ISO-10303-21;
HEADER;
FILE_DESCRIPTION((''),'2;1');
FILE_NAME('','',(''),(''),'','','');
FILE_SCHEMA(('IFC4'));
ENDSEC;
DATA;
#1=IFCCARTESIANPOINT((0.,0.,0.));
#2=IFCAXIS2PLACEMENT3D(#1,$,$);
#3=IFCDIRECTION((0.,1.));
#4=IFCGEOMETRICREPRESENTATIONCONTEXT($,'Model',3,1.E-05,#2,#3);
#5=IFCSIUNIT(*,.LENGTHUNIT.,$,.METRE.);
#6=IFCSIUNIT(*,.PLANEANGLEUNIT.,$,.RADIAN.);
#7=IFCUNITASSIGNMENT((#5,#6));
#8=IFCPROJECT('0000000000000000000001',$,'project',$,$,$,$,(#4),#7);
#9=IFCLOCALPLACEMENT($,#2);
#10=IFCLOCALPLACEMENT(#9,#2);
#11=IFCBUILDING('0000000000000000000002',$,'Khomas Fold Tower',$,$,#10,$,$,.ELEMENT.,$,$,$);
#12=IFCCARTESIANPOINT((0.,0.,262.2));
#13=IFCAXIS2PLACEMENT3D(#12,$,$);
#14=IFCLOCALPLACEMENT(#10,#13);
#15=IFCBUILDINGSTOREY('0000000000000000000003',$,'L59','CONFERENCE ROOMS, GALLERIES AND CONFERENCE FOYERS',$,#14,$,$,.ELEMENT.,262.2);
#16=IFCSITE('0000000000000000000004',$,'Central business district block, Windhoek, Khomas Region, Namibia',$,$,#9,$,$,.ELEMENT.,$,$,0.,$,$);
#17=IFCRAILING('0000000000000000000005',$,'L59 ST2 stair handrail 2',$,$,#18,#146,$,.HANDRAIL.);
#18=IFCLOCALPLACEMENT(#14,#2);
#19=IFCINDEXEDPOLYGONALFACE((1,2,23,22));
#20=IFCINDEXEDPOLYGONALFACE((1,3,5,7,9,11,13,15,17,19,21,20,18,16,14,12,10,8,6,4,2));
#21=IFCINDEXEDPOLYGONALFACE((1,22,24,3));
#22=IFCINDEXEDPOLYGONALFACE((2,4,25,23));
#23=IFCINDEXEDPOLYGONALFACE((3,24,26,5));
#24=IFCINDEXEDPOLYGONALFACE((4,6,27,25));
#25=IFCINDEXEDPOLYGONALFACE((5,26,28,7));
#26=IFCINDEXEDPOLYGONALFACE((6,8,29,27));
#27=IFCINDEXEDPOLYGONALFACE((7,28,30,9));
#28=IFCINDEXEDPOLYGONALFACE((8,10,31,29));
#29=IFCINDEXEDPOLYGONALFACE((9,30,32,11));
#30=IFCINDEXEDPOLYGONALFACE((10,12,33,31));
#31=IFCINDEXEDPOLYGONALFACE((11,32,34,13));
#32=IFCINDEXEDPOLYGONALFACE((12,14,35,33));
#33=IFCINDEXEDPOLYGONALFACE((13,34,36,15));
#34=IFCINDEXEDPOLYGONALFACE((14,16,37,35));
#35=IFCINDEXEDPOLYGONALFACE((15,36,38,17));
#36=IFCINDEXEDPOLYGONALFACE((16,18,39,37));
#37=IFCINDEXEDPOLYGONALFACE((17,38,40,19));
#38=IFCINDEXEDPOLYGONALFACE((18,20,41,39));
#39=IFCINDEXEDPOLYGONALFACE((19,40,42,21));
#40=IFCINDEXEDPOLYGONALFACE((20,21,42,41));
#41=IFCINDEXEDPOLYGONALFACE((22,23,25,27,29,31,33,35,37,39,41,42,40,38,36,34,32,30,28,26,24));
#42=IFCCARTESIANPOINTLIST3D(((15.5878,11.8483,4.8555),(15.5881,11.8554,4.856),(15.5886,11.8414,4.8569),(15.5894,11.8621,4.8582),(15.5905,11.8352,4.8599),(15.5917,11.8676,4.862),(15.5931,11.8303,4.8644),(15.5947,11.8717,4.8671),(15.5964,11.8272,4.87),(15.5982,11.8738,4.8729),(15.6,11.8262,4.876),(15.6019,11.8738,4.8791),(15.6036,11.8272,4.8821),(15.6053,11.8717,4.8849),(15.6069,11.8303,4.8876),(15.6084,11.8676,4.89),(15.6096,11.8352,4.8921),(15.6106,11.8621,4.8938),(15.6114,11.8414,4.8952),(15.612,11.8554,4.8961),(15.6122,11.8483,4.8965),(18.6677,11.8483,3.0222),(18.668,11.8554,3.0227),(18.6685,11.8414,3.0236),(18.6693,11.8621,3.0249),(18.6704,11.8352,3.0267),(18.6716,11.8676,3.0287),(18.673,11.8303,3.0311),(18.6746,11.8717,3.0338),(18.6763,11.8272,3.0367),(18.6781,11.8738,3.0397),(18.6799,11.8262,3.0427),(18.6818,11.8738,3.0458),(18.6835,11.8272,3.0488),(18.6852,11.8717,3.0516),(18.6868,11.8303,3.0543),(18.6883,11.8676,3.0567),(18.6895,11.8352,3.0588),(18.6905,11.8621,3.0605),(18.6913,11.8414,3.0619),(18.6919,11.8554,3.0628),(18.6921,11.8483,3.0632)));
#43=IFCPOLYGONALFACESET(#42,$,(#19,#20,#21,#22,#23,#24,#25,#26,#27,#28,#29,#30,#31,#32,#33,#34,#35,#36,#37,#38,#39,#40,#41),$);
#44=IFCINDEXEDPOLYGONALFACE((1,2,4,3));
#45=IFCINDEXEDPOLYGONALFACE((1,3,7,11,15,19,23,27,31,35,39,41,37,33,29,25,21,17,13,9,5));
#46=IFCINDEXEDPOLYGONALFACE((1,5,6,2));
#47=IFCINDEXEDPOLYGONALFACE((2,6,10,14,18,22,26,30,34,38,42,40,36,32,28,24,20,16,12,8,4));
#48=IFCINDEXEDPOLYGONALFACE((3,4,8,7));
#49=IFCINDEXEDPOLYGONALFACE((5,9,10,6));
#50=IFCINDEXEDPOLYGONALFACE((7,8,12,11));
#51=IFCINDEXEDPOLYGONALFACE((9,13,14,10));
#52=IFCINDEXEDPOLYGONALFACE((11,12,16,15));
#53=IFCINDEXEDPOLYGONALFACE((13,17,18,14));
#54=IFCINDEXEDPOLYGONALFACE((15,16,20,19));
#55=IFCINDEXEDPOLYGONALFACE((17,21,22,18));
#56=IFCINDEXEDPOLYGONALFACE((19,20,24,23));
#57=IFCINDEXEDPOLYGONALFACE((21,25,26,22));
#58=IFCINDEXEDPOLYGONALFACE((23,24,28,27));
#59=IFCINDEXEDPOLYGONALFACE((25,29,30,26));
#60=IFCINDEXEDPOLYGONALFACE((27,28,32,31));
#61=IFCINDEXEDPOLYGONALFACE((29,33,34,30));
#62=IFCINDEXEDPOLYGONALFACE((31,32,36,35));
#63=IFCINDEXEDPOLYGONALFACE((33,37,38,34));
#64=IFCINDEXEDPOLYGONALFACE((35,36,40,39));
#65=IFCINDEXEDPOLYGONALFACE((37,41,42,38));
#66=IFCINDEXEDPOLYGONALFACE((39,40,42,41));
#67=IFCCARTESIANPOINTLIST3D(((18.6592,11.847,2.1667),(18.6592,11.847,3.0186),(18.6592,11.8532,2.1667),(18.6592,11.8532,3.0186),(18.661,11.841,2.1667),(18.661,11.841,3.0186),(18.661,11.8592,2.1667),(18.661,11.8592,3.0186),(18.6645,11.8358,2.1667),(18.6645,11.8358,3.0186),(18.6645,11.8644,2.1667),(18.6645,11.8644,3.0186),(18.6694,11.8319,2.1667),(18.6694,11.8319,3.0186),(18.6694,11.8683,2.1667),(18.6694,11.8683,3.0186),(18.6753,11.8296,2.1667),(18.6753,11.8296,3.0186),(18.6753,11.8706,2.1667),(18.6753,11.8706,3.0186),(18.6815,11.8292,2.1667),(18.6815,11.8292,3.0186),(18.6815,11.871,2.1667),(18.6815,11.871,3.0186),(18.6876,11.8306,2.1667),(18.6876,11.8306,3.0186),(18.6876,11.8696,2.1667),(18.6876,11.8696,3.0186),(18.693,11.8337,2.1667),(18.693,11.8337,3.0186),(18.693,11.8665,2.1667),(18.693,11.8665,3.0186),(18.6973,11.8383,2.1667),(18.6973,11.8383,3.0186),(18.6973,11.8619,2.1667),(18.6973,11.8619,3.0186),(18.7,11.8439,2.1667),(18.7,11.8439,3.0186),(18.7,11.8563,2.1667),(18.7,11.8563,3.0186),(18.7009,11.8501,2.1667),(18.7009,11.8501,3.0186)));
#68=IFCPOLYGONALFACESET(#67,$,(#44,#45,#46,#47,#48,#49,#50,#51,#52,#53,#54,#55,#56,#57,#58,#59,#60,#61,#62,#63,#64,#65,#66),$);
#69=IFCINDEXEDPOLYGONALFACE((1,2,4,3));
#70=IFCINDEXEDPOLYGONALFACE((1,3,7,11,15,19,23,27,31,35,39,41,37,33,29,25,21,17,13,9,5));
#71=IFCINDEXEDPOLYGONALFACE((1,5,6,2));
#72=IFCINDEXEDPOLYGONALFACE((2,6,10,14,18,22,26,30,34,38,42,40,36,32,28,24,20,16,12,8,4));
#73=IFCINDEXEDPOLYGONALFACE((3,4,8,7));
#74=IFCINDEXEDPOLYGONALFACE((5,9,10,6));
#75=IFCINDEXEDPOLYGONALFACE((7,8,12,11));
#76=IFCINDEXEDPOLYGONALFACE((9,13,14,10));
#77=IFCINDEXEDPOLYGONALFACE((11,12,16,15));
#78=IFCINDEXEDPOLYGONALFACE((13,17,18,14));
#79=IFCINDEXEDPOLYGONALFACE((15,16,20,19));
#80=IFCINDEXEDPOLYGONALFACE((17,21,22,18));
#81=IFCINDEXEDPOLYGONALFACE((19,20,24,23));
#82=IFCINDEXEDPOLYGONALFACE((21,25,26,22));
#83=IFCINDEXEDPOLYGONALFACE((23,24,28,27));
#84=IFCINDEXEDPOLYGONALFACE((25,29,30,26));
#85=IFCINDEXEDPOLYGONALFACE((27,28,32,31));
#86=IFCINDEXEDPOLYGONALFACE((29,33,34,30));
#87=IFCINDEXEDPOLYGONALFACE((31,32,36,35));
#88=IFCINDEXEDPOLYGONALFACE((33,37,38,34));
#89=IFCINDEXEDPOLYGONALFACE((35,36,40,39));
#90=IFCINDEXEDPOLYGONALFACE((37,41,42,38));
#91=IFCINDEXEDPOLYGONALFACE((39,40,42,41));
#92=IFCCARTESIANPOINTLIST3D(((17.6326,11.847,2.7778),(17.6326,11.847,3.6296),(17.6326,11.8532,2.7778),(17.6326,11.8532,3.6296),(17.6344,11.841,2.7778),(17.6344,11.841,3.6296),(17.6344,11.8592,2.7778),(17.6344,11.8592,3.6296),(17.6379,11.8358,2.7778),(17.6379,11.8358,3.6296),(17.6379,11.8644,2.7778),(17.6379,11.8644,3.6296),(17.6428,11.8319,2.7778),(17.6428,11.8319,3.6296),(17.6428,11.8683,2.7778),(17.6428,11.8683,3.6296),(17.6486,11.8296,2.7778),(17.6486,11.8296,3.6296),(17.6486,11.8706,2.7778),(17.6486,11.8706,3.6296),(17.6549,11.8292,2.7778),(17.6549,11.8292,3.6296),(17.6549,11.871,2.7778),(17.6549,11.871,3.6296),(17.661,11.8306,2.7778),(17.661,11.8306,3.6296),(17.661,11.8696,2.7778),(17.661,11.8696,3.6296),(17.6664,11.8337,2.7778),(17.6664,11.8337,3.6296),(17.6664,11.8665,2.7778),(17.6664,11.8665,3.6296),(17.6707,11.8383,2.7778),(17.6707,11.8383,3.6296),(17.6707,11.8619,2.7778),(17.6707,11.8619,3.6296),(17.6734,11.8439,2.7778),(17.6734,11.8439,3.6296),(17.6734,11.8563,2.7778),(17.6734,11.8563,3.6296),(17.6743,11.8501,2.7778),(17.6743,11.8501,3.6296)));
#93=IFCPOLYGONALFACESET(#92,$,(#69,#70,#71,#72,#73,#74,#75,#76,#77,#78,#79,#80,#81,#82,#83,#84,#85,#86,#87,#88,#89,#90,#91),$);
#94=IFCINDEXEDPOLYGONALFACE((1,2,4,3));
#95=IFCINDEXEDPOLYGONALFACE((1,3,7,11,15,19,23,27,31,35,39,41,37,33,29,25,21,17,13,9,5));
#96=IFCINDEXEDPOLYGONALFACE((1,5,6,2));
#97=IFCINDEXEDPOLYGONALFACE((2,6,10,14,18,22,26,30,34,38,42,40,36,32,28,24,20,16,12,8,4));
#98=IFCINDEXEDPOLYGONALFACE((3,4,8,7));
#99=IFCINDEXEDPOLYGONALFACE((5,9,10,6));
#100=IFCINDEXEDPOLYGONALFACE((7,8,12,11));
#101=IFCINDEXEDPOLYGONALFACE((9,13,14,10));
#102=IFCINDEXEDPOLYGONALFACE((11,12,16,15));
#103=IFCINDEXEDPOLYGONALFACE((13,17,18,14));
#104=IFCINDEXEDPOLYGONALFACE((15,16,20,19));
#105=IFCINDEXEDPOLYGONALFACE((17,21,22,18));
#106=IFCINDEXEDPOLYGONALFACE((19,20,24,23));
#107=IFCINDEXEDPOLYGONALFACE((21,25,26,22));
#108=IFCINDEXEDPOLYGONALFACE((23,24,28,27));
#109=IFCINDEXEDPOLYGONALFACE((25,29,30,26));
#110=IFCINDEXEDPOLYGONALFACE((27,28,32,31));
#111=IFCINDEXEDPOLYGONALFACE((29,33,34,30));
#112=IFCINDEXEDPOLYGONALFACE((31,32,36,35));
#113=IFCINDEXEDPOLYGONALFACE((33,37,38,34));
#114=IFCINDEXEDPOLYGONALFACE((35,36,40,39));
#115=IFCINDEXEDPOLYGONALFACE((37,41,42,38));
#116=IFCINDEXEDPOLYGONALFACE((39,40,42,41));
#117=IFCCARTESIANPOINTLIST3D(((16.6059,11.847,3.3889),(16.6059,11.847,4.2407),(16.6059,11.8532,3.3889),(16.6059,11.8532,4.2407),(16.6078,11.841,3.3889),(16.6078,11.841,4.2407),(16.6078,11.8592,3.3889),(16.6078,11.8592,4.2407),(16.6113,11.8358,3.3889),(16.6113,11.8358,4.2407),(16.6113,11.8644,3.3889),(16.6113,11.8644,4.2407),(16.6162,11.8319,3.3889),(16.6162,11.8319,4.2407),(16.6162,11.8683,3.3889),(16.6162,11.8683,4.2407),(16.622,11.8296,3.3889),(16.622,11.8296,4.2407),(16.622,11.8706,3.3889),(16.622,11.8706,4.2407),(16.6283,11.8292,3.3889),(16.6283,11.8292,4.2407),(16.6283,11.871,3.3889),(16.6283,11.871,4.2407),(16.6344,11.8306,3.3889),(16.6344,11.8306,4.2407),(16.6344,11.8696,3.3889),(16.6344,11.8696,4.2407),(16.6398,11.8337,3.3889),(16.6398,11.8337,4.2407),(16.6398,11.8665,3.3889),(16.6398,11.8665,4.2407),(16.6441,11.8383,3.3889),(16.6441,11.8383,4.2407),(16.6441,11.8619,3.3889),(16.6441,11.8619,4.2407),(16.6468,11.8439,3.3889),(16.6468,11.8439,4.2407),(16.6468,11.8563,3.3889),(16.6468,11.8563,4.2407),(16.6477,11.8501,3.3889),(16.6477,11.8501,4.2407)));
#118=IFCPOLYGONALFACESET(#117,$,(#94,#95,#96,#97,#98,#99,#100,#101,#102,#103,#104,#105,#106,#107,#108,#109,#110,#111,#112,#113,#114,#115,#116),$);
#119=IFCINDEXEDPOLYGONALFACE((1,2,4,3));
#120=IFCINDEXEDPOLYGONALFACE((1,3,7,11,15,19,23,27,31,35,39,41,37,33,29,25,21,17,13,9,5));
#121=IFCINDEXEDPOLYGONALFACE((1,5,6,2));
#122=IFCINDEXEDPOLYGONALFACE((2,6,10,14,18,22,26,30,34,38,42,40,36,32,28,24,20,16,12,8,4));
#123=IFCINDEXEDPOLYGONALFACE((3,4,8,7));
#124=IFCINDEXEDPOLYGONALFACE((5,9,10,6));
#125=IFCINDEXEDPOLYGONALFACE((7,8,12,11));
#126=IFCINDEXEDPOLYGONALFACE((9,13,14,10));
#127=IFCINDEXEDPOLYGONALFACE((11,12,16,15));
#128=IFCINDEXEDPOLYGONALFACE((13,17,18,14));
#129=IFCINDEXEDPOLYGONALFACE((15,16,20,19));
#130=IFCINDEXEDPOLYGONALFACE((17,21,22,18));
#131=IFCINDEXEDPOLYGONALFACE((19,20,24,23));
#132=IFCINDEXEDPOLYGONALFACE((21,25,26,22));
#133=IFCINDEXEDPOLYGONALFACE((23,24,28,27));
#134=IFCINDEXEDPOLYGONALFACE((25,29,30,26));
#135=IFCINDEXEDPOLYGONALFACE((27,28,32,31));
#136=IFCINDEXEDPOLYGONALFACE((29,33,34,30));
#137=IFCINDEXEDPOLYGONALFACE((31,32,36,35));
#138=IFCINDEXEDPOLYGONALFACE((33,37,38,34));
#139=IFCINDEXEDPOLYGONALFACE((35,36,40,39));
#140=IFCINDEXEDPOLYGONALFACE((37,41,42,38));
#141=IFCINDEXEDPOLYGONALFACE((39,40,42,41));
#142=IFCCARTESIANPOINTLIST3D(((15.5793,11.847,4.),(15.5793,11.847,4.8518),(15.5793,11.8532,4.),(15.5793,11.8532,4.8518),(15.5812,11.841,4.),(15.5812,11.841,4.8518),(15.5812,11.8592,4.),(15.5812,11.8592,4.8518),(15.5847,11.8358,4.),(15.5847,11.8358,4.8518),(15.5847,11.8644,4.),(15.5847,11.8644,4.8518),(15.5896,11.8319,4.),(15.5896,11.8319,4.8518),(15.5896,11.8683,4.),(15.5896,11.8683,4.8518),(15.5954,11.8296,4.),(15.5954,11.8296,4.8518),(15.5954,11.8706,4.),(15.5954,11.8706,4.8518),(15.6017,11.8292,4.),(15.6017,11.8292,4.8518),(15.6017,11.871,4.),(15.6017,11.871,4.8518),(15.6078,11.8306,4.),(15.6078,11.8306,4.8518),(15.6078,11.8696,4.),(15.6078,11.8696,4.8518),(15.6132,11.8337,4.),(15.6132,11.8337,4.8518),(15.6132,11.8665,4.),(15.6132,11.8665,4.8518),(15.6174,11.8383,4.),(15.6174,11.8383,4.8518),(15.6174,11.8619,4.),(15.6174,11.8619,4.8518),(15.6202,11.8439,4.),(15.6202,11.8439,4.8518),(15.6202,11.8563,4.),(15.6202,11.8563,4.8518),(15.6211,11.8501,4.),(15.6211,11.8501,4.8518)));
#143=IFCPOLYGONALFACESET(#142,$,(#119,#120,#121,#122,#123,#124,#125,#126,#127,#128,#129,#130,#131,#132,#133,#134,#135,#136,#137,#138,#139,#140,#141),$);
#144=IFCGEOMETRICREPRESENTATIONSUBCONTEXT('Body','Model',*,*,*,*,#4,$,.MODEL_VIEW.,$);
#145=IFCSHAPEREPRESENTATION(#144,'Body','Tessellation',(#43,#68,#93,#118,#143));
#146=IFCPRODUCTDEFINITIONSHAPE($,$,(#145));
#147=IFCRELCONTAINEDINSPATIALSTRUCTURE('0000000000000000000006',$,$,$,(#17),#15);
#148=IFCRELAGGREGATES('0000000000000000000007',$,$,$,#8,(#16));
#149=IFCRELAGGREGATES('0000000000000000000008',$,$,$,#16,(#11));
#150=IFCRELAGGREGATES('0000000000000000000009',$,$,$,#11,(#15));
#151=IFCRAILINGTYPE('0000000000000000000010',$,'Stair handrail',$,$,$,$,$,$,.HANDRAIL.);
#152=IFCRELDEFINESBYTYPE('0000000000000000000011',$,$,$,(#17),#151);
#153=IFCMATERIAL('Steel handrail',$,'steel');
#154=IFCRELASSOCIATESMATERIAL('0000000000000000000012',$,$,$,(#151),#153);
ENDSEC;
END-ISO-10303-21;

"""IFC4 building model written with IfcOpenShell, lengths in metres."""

from ifc_helpers import new_model, si_unit, direction, frame, origin, origin_2d, place, context, subcontext, project, spatial, circle, extrude, source, transform, mapped, material, type_object, element, save


model = new_model("IFC4")

# Units and contexts
model_context = context("Model", 3, precision=1e-05, world=origin(), true_north=direction((0.0, 1.0)))
body_context = subcontext(model_context, "Body", "Model", "MODEL_VIEW")
ifc_project = project(units=[si_unit("LENGTHUNIT", "METRE"), si_unit("PLANEANGLEUNIT", "RADIAN")], contexts=[model_context])

# Site, building, storey
site_placement = place(None, origin())
site = spatial("IfcSite", under=ifc_project, at=site_placement, Name="Central business district block, Windhoek, Khomas Region, Namibia", CompositionType="ELEMENT", RefElevation=0.0)
building_placement = place(site_placement, origin())
building = spatial("IfcBuilding", under=site, at=building_placement, Name="Khomas Fold Tower", CompositionType="ELEMENT")
storey_placement = place(building_placement, frame((0.0, 0.0, 262.2)))
storey = spatial("IfcBuildingStorey", under=building, at=storey_placement, Name="L59", Description="CONFERENCE ROOMS, GALLERIES AND CONFERENCE FOYERS", CompositionType="ELEMENT", Elevation=262.2)

# Railing
ifc_material_1 = material(Name="Steel handrail", Category="steel")
railing_type_1 = type_object("IfcRailingType", Name="Stair handrail", PredefinedType="HANDRAIL", material=ifc_material_1)
shared_shape_1 = source(origin(), body_context, "Body", "SweptSolid", [
    extrude(circle(Radius=0.0239, at=origin_2d()), frame((0.0, 0.0, 0.876), z_axis=(-0.859291, 0.0, 0.511487), x_axis=(0.0, -1.0, 0.0)), (0.0, 0.0, 1.0), 3.5842),
    extrude(circle(Radius=0.021, at=origin_2d()), origin(), (0.0, 0.0, 1.0), 0.8518),
    extrude(circle(Radius=0.021, at=origin_2d()), frame((-1.0266, 0.0, 0.6111)), (0.0, 0.0, 1.0), 0.8518),
    extrude(circle(Radius=0.021, at=origin_2d()), frame((-2.0532, 0.0, 1.2222)), (0.0, 0.0, 1.0), 0.8518),
    extrude(circle(Radius=0.021, at=origin_2d()), frame((-3.0798, 0.0, 1.8333)), (0.0, 0.0, 1.0), 0.8518),
])
railing_1_placement = place(storey_placement, frame((18.6799, 11.8501, 2.1667)))
element("IfcRailing", 1, at=railing_1_placement, inside=storey, type_object=railing_type_1, Name="L59 ST2 stair handrail 2", PredefinedType="HANDRAIL", context=body_context, shape_type="MappedRepresentation", body=[
    mapped(shared_shape_1, transform((0.0, 0.0, 0.0))),
])

save(model, "model.ifc")
